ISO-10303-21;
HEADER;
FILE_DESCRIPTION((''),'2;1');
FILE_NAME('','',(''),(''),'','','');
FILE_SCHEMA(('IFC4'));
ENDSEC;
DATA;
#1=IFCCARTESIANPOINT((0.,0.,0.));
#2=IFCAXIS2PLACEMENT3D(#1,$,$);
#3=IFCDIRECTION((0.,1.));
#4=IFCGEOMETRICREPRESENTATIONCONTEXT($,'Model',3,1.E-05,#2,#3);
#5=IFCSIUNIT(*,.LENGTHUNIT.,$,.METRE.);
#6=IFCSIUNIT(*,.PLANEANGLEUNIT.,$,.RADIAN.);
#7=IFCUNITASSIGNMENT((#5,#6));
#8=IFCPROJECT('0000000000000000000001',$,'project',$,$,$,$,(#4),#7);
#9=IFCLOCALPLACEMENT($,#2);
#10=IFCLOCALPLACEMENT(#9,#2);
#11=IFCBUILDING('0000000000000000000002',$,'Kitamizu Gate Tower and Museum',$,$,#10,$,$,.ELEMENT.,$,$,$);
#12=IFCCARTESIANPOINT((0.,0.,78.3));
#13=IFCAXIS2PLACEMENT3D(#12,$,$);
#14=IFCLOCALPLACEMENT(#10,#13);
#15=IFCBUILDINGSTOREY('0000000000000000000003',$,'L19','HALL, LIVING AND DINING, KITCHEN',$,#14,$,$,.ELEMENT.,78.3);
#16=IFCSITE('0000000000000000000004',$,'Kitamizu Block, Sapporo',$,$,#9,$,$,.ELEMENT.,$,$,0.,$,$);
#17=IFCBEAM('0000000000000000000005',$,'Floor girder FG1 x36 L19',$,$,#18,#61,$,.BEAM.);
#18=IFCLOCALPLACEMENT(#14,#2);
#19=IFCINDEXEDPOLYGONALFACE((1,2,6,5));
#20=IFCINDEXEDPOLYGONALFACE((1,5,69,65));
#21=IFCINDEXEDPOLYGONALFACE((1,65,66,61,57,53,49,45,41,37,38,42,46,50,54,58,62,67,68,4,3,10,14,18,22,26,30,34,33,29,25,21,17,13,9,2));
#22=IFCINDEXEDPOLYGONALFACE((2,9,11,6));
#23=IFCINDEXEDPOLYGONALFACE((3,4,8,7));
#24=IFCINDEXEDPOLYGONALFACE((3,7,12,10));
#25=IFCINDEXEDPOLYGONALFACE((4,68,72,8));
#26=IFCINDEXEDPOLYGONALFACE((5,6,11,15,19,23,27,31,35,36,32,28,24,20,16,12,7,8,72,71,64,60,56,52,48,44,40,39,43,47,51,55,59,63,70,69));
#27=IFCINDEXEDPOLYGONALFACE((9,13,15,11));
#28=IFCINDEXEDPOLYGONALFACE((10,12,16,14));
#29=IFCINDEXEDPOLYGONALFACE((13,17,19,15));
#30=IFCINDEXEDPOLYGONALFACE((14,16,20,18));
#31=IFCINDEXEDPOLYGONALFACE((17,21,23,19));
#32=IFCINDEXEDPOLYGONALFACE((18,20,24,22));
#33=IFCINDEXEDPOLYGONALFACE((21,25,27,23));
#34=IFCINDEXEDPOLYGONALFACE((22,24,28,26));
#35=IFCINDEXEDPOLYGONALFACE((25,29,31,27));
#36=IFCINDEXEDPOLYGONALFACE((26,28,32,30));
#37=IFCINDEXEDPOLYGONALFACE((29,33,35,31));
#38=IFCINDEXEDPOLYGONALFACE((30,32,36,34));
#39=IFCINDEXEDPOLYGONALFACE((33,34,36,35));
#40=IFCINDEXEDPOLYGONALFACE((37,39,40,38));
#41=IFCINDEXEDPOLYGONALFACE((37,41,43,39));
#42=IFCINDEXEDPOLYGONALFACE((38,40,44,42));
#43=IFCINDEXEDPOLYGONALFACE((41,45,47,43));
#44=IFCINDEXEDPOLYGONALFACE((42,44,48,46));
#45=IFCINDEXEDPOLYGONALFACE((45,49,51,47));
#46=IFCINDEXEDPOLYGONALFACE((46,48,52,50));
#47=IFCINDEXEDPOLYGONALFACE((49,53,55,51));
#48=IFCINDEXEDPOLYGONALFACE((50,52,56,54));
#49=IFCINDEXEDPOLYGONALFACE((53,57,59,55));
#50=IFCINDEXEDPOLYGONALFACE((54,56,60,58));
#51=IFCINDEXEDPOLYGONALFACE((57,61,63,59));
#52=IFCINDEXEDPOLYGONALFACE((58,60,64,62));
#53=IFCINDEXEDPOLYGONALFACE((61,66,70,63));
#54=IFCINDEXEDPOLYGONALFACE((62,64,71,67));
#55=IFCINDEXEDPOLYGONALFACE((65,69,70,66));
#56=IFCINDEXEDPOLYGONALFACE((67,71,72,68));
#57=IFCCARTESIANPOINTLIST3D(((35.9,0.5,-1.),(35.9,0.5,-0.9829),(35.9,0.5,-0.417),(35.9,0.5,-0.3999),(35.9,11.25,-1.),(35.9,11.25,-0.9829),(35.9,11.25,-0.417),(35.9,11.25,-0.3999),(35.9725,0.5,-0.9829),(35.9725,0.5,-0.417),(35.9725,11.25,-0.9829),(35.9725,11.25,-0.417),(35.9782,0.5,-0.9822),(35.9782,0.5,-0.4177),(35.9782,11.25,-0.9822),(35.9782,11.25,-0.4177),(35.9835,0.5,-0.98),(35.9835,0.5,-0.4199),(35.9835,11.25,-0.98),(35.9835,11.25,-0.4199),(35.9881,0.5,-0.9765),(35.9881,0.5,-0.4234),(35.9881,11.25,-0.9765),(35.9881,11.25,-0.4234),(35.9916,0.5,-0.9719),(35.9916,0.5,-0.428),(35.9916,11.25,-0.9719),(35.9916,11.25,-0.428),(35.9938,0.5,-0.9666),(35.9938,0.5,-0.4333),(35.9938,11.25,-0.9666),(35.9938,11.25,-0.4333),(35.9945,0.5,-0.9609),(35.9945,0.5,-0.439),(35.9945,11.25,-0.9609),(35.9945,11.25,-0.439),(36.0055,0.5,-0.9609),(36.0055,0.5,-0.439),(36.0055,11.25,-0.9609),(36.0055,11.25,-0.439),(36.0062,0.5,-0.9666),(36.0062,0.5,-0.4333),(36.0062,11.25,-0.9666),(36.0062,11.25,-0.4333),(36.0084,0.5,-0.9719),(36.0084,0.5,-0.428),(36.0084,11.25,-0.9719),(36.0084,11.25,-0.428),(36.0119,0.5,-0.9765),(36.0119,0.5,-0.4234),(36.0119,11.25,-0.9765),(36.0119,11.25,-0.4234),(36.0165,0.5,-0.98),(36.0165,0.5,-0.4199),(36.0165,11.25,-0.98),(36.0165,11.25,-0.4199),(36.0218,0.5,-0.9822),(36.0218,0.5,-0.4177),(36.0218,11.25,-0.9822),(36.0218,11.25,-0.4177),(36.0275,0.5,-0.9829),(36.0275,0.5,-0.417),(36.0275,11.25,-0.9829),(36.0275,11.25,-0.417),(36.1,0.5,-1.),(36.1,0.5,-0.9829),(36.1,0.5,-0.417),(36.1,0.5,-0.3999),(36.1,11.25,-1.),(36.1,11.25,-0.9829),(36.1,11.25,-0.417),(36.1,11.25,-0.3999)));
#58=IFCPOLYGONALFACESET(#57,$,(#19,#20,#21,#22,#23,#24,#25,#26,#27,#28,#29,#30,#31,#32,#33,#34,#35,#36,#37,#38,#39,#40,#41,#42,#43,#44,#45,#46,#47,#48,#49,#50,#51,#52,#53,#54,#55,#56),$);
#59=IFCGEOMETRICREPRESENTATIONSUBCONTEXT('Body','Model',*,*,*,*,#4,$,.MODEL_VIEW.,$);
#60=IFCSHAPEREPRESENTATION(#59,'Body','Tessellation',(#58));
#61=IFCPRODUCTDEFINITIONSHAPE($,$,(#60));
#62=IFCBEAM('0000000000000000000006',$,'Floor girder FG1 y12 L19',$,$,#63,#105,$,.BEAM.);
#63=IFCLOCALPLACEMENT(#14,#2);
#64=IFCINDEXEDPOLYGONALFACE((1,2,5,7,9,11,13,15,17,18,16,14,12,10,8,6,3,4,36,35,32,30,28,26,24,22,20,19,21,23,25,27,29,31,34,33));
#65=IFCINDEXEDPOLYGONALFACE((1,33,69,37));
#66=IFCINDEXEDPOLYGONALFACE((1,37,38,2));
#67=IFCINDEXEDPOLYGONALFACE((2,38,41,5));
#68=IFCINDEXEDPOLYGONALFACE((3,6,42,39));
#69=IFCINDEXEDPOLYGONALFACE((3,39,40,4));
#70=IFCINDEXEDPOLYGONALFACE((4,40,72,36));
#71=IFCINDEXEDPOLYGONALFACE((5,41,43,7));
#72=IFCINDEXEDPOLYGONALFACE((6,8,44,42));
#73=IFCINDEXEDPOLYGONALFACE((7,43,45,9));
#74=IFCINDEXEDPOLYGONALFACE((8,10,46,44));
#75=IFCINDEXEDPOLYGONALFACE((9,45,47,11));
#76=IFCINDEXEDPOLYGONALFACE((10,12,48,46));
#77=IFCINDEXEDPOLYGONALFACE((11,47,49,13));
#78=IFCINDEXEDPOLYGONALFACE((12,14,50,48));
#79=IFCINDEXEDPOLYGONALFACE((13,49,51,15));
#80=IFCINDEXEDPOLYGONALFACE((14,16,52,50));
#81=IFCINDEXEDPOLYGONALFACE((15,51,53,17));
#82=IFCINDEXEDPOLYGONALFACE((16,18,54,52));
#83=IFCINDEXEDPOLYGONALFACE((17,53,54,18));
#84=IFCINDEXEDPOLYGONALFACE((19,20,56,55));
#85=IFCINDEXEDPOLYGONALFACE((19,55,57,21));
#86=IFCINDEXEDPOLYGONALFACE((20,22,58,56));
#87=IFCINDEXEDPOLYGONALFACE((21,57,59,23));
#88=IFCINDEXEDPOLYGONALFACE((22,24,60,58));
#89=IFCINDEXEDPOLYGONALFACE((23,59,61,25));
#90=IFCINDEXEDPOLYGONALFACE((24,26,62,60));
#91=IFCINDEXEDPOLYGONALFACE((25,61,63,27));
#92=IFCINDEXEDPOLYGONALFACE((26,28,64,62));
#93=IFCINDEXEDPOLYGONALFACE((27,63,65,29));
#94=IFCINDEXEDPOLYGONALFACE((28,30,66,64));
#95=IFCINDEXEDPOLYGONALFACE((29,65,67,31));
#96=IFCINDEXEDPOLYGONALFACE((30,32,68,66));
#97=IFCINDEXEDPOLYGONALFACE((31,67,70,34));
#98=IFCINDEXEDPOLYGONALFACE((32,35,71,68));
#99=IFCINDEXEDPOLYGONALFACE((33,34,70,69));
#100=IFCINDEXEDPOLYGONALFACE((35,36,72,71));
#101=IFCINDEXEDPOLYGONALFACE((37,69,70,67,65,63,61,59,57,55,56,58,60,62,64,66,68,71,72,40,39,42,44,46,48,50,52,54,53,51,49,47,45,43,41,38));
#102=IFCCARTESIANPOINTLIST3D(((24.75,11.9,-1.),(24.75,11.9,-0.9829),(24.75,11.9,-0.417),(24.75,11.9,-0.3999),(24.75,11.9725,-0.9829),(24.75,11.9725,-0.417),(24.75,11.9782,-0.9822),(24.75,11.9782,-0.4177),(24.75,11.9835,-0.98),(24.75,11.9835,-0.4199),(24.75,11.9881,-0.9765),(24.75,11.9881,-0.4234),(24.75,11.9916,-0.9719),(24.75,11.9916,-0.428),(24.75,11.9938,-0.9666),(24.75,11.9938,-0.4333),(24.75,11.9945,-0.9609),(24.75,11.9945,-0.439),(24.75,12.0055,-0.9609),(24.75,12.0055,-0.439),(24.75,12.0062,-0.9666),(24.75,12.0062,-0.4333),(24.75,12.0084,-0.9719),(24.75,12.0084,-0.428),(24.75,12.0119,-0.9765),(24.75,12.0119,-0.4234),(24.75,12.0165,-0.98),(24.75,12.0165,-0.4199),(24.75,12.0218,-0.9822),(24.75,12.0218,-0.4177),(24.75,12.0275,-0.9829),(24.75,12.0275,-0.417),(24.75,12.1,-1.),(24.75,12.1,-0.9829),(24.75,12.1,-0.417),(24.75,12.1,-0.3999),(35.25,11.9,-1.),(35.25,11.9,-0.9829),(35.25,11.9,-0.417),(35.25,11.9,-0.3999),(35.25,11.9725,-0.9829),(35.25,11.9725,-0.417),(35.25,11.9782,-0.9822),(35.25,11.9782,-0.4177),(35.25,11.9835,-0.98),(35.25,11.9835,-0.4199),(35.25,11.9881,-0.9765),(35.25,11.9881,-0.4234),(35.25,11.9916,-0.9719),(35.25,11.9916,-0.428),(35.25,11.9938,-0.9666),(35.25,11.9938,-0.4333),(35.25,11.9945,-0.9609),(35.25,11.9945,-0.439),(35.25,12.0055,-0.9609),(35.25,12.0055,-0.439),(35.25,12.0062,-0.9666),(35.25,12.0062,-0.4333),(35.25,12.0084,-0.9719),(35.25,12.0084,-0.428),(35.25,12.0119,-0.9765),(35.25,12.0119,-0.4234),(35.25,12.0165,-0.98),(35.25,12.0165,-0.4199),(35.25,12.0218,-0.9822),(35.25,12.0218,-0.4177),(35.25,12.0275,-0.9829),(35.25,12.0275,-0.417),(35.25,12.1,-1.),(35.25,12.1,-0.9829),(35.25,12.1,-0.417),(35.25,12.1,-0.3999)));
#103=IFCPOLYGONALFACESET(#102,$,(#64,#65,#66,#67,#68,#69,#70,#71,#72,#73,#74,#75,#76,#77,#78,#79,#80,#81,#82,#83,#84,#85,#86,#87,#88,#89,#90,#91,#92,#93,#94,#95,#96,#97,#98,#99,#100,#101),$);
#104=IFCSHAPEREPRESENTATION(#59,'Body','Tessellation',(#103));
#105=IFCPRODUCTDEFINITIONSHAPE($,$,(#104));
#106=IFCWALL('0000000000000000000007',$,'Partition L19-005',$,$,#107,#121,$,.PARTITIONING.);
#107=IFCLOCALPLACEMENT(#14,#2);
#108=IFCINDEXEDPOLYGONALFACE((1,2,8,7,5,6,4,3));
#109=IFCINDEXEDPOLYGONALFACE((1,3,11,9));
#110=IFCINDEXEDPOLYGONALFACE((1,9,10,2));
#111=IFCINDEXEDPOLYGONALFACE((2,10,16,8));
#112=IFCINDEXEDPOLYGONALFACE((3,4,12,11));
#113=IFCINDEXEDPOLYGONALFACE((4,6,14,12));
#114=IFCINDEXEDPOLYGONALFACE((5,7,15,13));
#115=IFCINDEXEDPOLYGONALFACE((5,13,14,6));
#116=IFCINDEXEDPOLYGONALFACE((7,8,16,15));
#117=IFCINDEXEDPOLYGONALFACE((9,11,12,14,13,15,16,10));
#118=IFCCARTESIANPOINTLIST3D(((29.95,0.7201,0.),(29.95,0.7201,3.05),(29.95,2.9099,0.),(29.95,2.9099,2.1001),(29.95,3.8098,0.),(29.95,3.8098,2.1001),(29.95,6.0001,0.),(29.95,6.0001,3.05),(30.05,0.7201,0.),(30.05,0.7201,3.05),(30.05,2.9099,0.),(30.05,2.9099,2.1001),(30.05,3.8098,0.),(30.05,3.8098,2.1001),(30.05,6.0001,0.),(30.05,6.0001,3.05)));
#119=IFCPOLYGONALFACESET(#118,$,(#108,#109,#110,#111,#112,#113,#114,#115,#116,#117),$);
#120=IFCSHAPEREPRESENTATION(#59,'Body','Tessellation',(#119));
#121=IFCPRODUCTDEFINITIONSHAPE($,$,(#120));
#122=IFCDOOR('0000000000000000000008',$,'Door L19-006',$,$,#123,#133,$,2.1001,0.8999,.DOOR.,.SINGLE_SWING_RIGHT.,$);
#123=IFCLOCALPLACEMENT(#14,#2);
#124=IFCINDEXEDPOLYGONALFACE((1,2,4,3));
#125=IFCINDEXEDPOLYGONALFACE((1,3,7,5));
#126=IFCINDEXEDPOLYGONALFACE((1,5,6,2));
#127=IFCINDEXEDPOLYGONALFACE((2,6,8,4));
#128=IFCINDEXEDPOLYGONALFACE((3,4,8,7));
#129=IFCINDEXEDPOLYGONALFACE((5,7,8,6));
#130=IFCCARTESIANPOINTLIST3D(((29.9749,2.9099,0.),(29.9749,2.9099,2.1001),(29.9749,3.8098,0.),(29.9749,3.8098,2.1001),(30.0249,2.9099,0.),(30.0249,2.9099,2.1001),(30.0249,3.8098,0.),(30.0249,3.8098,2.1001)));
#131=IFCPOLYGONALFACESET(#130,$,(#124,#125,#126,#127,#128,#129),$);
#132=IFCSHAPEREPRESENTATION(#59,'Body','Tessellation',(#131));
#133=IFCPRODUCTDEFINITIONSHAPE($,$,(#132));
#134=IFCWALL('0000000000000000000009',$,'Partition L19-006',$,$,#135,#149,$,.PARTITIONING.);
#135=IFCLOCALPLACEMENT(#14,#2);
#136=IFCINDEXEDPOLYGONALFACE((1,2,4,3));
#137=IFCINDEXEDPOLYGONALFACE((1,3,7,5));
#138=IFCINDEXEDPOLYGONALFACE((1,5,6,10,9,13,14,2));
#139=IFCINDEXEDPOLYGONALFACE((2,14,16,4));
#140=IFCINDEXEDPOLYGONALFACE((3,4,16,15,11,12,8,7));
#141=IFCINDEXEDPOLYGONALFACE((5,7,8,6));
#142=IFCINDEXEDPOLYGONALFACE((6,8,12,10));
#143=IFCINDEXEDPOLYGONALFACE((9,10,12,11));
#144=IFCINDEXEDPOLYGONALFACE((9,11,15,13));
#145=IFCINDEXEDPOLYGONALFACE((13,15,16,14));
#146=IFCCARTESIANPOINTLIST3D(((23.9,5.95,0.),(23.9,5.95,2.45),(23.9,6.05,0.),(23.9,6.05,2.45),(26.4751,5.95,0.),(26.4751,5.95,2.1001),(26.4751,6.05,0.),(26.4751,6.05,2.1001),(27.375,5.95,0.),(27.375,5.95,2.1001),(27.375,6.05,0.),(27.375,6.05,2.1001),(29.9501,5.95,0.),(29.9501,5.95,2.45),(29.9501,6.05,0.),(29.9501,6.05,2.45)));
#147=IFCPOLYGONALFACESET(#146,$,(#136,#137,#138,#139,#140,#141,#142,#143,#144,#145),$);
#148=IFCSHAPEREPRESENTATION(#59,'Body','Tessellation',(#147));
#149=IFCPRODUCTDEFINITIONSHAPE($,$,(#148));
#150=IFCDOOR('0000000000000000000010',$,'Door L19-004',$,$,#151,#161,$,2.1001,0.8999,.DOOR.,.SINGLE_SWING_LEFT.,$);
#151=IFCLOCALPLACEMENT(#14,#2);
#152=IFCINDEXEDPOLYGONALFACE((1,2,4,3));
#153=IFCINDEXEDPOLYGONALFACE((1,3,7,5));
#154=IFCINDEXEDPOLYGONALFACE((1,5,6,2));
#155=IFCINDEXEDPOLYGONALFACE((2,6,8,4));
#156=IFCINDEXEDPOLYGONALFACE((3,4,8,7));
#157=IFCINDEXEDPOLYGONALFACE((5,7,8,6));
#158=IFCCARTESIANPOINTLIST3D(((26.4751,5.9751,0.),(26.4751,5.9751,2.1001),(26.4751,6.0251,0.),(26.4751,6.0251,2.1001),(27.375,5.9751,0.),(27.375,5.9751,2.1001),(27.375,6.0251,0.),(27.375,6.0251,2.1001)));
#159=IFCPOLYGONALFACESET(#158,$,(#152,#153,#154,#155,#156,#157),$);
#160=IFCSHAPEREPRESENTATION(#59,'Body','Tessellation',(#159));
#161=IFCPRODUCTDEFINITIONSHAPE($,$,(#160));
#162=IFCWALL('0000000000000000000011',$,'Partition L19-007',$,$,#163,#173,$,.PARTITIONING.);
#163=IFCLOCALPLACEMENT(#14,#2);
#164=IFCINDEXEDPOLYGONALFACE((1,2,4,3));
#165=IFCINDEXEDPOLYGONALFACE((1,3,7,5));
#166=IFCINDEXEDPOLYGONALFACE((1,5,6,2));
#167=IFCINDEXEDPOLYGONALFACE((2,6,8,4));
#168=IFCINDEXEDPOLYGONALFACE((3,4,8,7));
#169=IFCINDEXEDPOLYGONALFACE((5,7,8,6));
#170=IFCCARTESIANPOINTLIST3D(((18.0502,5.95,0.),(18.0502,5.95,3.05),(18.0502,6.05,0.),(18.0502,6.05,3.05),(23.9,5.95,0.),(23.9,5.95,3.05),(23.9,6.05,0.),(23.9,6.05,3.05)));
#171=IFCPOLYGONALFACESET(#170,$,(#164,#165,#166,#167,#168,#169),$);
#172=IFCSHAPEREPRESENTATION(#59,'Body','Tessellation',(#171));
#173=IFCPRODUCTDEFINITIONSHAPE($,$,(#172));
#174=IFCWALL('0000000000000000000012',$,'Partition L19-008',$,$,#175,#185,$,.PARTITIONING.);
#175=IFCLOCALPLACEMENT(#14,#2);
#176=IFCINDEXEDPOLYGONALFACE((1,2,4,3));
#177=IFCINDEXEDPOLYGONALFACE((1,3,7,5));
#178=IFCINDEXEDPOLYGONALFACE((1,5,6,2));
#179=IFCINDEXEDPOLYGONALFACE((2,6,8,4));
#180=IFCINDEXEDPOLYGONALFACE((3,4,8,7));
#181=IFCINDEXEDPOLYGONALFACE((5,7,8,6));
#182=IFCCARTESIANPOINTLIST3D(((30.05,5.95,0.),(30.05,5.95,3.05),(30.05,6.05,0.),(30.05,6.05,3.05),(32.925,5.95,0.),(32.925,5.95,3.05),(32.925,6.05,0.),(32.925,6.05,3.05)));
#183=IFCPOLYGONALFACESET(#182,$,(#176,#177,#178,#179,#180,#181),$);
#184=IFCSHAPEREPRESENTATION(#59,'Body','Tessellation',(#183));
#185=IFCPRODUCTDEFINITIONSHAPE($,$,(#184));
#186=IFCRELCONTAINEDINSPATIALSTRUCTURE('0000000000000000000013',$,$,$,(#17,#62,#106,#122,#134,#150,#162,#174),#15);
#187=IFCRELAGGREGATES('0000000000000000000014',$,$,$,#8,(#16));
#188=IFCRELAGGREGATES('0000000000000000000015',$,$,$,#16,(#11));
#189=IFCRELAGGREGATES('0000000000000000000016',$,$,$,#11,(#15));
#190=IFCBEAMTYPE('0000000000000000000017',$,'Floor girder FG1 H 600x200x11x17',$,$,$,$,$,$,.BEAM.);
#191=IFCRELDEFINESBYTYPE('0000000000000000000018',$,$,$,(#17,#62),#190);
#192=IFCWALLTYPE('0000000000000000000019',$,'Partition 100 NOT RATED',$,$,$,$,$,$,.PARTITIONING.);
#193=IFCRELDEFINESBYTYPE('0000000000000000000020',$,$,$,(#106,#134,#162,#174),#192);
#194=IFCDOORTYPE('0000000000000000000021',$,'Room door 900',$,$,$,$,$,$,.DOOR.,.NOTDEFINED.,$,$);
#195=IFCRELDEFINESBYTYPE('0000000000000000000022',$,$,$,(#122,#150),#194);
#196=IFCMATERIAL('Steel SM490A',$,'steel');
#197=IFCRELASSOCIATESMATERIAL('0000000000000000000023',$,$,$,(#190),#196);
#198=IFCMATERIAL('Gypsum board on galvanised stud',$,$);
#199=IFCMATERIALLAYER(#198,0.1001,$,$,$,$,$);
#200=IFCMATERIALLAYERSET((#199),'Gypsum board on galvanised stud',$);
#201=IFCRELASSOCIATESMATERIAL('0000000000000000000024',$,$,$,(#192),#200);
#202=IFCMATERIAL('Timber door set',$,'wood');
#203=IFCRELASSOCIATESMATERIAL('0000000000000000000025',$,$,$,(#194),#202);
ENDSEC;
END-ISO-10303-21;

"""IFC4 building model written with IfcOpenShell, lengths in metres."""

from ifc_helpers import new_model, si_unit, direction, frame, frame_2d, origin, origin_2d, place, context, subcontext, project, spatial, rectangle, i_section, extrude, material, layer, layer_set, material_profile, profile_set, type_object, element, fill, save


model = new_model("IFC4")

# Units and contexts
model_context = context("Model", 3, precision=1e-05, world=origin(), true_north=direction((0.0, 1.0)))
body_context = subcontext(model_context, "Body", "Model", "MODEL_VIEW")
ifc_project = project(units=[si_unit("LENGTHUNIT", "METRE"), si_unit("PLANEANGLEUNIT", "RADIAN")], contexts=[model_context])

# Site, building, storey
site_placement = place(None, origin())
site = spatial("IfcSite", under=ifc_project, at=site_placement, Name="Kitamizu Block, Sapporo", CompositionType="ELEMENT", RefElevation=0.0)
building_placement = place(site_placement, origin())
building = spatial("IfcBuilding", under=site, at=building_placement, Name="Kitamizu Gate Tower and Museum", CompositionType="ELEMENT")
storey_placement = place(building_placement, frame((0.0, 0.0, 78.3)))
storey = spatial("IfcBuildingStorey", under=building, at=storey_placement, Name="L19", Description="HALL, LIVING AND DINING, KITCHEN", CompositionType="ELEMENT", Elevation=78.3)

# Beams
ifc_material_1 = material(Name="Steel SM490A", Category="steel")
ifc_material_profile_1 = material_profile(ifc_material_1, i_section(OverallWidth=0.2, OverallDepth=0.6001, WebThickness=0.011, FlangeThickness=0.0171, FilletRadius=0.022, at=origin_2d()), Name="H-600x200x11x17")
ifc_profile_set_1 = profile_set([ifc_material_profile_1], Name="Steel SM490A")
beam_type_1 = type_object("IfcBeamType", Name="Floor girder FG1 H 600x200x11x17", PredefinedType="BEAM", material=ifc_profile_set_1)
for number, where, z_axis, x_axis, name in (
    (1, (36.0, 0.5, -0.7), (0.0, 1.0, 0.0), (-1.0, 0.0, 0.0), "Floor girder FG1 x36 L19"),
):
    element("IfcBeam", number, at=place(storey_placement, frame(where, z_axis=z_axis, x_axis=x_axis)), inside=storey, type_object=beam_type_1, Name=name, PredefinedType="BEAM", context=body_context, shape_type="SweptSolid", body=[
        extrude(i_section(OverallWidth=0.2, OverallDepth=0.6001, WebThickness=0.011, FlangeThickness=0.0171, FilletRadius=0.022, at=origin_2d()), origin(), (0.0, 0.0, 1.0), 10.75),
    ])
beam_1_placement = place(storey_placement, frame((24.75, 12.0, -0.7), z_axis=(1.0, 0.0, 0.0), x_axis=(0.0, 1.0, 0.0)))
element("IfcBeam", 2, at=beam_1_placement, inside=storey, type_object=beam_type_1, Name="Floor girder FG1 y12 L19", PredefinedType="BEAM", context=body_context, shape_type="SweptSolid", body=[
    extrude(i_section(OverallWidth=0.2, OverallDepth=0.6001, WebThickness=0.011, FlangeThickness=0.0171, FilletRadius=0.022, at=origin_2d()), origin(), (0.0, 0.0, 1.0), 10.5),
])

# Walls, openings, doors
ifc_material_2 = material(Name="Gypsum board on galvanised stud")
ifc_layer_1 = layer(ifc_material_2, 0.1001)
ifc_layer_set_1 = layer_set([ifc_layer_1], Name="Gypsum board on galvanised stud")
wall_type_1 = type_object("IfcWallType", Name="Partition 100 NOT RATED", PredefinedType="PARTITIONING", material=ifc_layer_set_1)
wall_1_placement = place(storey_placement, frame((30.0, 0.72, 0.0), z_axis=(0.0, 0.0, 1.0), x_axis=(0.0, 1.0, 0.0)))
wall_1 = element("IfcWall", 3, at=wall_1_placement, inside=storey, type_object=wall_type_1, Name="Partition L19-005", PredefinedType="PARTITIONING", context=body_context, shape_type="SweptSolid", body=[
    extrude(rectangle(XDim=5.28, YDim=0.1001, at=frame_2d((2.6401, 0.0))), origin(), (0.0, 0.0, 1.0), 3.05),
])
opening_1_placement = place(wall_1_placement, frame((2.1899, 0.0, 0.0)))
opening_1 = element("IfcOpeningElement", 4, at=opening_1_placement, cuts=wall_1, PredefinedType="OPENING", context=body_context, shape_type="SweptSolid", body=[
    extrude(rectangle(XDim=0.8999, YDim=2.1001, at=frame_2d((0.45, 1.05))), frame((0.0, 0.0601, 0.0), z_axis=(0.0, -1.0, 0.0), x_axis=(1.0, 0.0, 0.0)), (0.0, 0.0, 1.0), 0.1201),
])
ifc_material_3 = material(Name="Timber door set", Category="wood")
door_type_1 = type_object("IfcDoorType", Name="Room door 900", OperationType="NOTDEFINED", PredefinedType="DOOR", material=ifc_material_3)
door_1_placement = place(opening_1_placement, frame((0.8999, 0.0, 0.0), x_axis=(-1.0, 0.0, 0.0)))
door_1 = element("IfcDoor", 5, at=door_1_placement, inside=storey, type_object=door_type_1, Name="Door L19-006", OperationType="SINGLE_SWING_RIGHT", OverallHeight=2.1001, OverallWidth=0.8999, PredefinedType="DOOR", context=body_context, shape_type="SweptSolid", body=[
    extrude(rectangle(XDim=0.8999, YDim=2.1001, at=frame_2d((0.45, 1.05))), frame((0.0, 0.0249, 0.0), z_axis=(0.0, -1.0, 0.0), x_axis=(1.0, 0.0, 0.0)), (0.0, 0.0, 1.0), 0.05),
])
fill(opening_1, door_1)
wall_2_placement = place(storey_placement, frame((29.95, 6.0, 0.0), z_axis=(0.0, 0.0, 1.0), x_axis=(-1.0, 0.0, 0.0)))
wall_2 = element("IfcWall", 6, at=wall_2_placement, inside=storey, type_object=wall_type_1, Name="Partition L19-006", PredefinedType="PARTITIONING", context=body_context, shape_type="SweptSolid", body=[
    extrude(rectangle(XDim=6.05, YDim=0.1001, at=frame_2d((3.0249, 0.0))), origin(), (0.0, 0.0, 1.0), 2.45),
])
opening_2_placement = place(wall_2_placement, frame((2.575, 0.0, 0.0)))
opening_2 = element("IfcOpeningElement", 7, at=opening_2_placement, cuts=wall_2, PredefinedType="OPENING", context=body_context, shape_type="SweptSolid", body=[
    extrude(rectangle(XDim=0.8999, YDim=2.1001, at=frame_2d((0.45, 1.05))), frame((0.0, 0.0601, 0.0), z_axis=(0.0, -1.0, 0.0), x_axis=(1.0, 0.0, 0.0)), (0.0, 0.0, 1.0), 0.1201),
])
door_2_placement = place(opening_2_placement, origin())
door_2 = element("IfcDoor", 8, at=door_2_placement, inside=storey, type_object=door_type_1, Name="Door L19-004", OperationType="SINGLE_SWING_LEFT", OverallHeight=2.1001, OverallWidth=0.8999, PredefinedType="DOOR", context=body_context, shape_type="SweptSolid", body=[
    extrude(rectangle(XDim=0.8999, YDim=2.1001, at=frame_2d((0.45, 1.05))), frame((0.0, 0.0249, 0.0), z_axis=(0.0, -1.0, 0.0), x_axis=(1.0, 0.0, 0.0)), (0.0, 0.0, 1.0), 0.05),
])
fill(opening_2, door_2)

# Walls
wall_3_placement = place(storey_placement, frame((23.8999, 6.0, 0.0), z_axis=(0.0, 0.0, 1.0), x_axis=(-1.0, 0.0, 0.0)))
element("IfcWall", 9, at=wall_3_placement, inside=storey, type_object=wall_type_1, Name="Partition L19-007", PredefinedType="PARTITIONING", context=body_context, shape_type="SweptSolid", body=[
    extrude(rectangle(XDim=5.8499, YDim=0.1001, at=frame_2d((2.9248, 0.0))), origin(), (0.0, 0.0, 1.0), 3.05),
])
wall_4_placement = place(storey_placement, frame((32.925, 6.0, 0.0), z_axis=(0.0, 0.0, 1.0), x_axis=(-1.0, 0.0, 0.0)))
element("IfcWall", 10, at=wall_4_placement, inside=storey, type_object=wall_type_1, Name="Partition L19-008", PredefinedType="PARTITIONING", context=body_context, shape_type="SweptSolid", body=[
    extrude(rectangle(XDim=2.875, YDim=0.1001, at=frame_2d((1.4375, 0.0))), origin(), (0.0, 0.0, 1.0), 3.05),
])

save(model, "model.ifc")
